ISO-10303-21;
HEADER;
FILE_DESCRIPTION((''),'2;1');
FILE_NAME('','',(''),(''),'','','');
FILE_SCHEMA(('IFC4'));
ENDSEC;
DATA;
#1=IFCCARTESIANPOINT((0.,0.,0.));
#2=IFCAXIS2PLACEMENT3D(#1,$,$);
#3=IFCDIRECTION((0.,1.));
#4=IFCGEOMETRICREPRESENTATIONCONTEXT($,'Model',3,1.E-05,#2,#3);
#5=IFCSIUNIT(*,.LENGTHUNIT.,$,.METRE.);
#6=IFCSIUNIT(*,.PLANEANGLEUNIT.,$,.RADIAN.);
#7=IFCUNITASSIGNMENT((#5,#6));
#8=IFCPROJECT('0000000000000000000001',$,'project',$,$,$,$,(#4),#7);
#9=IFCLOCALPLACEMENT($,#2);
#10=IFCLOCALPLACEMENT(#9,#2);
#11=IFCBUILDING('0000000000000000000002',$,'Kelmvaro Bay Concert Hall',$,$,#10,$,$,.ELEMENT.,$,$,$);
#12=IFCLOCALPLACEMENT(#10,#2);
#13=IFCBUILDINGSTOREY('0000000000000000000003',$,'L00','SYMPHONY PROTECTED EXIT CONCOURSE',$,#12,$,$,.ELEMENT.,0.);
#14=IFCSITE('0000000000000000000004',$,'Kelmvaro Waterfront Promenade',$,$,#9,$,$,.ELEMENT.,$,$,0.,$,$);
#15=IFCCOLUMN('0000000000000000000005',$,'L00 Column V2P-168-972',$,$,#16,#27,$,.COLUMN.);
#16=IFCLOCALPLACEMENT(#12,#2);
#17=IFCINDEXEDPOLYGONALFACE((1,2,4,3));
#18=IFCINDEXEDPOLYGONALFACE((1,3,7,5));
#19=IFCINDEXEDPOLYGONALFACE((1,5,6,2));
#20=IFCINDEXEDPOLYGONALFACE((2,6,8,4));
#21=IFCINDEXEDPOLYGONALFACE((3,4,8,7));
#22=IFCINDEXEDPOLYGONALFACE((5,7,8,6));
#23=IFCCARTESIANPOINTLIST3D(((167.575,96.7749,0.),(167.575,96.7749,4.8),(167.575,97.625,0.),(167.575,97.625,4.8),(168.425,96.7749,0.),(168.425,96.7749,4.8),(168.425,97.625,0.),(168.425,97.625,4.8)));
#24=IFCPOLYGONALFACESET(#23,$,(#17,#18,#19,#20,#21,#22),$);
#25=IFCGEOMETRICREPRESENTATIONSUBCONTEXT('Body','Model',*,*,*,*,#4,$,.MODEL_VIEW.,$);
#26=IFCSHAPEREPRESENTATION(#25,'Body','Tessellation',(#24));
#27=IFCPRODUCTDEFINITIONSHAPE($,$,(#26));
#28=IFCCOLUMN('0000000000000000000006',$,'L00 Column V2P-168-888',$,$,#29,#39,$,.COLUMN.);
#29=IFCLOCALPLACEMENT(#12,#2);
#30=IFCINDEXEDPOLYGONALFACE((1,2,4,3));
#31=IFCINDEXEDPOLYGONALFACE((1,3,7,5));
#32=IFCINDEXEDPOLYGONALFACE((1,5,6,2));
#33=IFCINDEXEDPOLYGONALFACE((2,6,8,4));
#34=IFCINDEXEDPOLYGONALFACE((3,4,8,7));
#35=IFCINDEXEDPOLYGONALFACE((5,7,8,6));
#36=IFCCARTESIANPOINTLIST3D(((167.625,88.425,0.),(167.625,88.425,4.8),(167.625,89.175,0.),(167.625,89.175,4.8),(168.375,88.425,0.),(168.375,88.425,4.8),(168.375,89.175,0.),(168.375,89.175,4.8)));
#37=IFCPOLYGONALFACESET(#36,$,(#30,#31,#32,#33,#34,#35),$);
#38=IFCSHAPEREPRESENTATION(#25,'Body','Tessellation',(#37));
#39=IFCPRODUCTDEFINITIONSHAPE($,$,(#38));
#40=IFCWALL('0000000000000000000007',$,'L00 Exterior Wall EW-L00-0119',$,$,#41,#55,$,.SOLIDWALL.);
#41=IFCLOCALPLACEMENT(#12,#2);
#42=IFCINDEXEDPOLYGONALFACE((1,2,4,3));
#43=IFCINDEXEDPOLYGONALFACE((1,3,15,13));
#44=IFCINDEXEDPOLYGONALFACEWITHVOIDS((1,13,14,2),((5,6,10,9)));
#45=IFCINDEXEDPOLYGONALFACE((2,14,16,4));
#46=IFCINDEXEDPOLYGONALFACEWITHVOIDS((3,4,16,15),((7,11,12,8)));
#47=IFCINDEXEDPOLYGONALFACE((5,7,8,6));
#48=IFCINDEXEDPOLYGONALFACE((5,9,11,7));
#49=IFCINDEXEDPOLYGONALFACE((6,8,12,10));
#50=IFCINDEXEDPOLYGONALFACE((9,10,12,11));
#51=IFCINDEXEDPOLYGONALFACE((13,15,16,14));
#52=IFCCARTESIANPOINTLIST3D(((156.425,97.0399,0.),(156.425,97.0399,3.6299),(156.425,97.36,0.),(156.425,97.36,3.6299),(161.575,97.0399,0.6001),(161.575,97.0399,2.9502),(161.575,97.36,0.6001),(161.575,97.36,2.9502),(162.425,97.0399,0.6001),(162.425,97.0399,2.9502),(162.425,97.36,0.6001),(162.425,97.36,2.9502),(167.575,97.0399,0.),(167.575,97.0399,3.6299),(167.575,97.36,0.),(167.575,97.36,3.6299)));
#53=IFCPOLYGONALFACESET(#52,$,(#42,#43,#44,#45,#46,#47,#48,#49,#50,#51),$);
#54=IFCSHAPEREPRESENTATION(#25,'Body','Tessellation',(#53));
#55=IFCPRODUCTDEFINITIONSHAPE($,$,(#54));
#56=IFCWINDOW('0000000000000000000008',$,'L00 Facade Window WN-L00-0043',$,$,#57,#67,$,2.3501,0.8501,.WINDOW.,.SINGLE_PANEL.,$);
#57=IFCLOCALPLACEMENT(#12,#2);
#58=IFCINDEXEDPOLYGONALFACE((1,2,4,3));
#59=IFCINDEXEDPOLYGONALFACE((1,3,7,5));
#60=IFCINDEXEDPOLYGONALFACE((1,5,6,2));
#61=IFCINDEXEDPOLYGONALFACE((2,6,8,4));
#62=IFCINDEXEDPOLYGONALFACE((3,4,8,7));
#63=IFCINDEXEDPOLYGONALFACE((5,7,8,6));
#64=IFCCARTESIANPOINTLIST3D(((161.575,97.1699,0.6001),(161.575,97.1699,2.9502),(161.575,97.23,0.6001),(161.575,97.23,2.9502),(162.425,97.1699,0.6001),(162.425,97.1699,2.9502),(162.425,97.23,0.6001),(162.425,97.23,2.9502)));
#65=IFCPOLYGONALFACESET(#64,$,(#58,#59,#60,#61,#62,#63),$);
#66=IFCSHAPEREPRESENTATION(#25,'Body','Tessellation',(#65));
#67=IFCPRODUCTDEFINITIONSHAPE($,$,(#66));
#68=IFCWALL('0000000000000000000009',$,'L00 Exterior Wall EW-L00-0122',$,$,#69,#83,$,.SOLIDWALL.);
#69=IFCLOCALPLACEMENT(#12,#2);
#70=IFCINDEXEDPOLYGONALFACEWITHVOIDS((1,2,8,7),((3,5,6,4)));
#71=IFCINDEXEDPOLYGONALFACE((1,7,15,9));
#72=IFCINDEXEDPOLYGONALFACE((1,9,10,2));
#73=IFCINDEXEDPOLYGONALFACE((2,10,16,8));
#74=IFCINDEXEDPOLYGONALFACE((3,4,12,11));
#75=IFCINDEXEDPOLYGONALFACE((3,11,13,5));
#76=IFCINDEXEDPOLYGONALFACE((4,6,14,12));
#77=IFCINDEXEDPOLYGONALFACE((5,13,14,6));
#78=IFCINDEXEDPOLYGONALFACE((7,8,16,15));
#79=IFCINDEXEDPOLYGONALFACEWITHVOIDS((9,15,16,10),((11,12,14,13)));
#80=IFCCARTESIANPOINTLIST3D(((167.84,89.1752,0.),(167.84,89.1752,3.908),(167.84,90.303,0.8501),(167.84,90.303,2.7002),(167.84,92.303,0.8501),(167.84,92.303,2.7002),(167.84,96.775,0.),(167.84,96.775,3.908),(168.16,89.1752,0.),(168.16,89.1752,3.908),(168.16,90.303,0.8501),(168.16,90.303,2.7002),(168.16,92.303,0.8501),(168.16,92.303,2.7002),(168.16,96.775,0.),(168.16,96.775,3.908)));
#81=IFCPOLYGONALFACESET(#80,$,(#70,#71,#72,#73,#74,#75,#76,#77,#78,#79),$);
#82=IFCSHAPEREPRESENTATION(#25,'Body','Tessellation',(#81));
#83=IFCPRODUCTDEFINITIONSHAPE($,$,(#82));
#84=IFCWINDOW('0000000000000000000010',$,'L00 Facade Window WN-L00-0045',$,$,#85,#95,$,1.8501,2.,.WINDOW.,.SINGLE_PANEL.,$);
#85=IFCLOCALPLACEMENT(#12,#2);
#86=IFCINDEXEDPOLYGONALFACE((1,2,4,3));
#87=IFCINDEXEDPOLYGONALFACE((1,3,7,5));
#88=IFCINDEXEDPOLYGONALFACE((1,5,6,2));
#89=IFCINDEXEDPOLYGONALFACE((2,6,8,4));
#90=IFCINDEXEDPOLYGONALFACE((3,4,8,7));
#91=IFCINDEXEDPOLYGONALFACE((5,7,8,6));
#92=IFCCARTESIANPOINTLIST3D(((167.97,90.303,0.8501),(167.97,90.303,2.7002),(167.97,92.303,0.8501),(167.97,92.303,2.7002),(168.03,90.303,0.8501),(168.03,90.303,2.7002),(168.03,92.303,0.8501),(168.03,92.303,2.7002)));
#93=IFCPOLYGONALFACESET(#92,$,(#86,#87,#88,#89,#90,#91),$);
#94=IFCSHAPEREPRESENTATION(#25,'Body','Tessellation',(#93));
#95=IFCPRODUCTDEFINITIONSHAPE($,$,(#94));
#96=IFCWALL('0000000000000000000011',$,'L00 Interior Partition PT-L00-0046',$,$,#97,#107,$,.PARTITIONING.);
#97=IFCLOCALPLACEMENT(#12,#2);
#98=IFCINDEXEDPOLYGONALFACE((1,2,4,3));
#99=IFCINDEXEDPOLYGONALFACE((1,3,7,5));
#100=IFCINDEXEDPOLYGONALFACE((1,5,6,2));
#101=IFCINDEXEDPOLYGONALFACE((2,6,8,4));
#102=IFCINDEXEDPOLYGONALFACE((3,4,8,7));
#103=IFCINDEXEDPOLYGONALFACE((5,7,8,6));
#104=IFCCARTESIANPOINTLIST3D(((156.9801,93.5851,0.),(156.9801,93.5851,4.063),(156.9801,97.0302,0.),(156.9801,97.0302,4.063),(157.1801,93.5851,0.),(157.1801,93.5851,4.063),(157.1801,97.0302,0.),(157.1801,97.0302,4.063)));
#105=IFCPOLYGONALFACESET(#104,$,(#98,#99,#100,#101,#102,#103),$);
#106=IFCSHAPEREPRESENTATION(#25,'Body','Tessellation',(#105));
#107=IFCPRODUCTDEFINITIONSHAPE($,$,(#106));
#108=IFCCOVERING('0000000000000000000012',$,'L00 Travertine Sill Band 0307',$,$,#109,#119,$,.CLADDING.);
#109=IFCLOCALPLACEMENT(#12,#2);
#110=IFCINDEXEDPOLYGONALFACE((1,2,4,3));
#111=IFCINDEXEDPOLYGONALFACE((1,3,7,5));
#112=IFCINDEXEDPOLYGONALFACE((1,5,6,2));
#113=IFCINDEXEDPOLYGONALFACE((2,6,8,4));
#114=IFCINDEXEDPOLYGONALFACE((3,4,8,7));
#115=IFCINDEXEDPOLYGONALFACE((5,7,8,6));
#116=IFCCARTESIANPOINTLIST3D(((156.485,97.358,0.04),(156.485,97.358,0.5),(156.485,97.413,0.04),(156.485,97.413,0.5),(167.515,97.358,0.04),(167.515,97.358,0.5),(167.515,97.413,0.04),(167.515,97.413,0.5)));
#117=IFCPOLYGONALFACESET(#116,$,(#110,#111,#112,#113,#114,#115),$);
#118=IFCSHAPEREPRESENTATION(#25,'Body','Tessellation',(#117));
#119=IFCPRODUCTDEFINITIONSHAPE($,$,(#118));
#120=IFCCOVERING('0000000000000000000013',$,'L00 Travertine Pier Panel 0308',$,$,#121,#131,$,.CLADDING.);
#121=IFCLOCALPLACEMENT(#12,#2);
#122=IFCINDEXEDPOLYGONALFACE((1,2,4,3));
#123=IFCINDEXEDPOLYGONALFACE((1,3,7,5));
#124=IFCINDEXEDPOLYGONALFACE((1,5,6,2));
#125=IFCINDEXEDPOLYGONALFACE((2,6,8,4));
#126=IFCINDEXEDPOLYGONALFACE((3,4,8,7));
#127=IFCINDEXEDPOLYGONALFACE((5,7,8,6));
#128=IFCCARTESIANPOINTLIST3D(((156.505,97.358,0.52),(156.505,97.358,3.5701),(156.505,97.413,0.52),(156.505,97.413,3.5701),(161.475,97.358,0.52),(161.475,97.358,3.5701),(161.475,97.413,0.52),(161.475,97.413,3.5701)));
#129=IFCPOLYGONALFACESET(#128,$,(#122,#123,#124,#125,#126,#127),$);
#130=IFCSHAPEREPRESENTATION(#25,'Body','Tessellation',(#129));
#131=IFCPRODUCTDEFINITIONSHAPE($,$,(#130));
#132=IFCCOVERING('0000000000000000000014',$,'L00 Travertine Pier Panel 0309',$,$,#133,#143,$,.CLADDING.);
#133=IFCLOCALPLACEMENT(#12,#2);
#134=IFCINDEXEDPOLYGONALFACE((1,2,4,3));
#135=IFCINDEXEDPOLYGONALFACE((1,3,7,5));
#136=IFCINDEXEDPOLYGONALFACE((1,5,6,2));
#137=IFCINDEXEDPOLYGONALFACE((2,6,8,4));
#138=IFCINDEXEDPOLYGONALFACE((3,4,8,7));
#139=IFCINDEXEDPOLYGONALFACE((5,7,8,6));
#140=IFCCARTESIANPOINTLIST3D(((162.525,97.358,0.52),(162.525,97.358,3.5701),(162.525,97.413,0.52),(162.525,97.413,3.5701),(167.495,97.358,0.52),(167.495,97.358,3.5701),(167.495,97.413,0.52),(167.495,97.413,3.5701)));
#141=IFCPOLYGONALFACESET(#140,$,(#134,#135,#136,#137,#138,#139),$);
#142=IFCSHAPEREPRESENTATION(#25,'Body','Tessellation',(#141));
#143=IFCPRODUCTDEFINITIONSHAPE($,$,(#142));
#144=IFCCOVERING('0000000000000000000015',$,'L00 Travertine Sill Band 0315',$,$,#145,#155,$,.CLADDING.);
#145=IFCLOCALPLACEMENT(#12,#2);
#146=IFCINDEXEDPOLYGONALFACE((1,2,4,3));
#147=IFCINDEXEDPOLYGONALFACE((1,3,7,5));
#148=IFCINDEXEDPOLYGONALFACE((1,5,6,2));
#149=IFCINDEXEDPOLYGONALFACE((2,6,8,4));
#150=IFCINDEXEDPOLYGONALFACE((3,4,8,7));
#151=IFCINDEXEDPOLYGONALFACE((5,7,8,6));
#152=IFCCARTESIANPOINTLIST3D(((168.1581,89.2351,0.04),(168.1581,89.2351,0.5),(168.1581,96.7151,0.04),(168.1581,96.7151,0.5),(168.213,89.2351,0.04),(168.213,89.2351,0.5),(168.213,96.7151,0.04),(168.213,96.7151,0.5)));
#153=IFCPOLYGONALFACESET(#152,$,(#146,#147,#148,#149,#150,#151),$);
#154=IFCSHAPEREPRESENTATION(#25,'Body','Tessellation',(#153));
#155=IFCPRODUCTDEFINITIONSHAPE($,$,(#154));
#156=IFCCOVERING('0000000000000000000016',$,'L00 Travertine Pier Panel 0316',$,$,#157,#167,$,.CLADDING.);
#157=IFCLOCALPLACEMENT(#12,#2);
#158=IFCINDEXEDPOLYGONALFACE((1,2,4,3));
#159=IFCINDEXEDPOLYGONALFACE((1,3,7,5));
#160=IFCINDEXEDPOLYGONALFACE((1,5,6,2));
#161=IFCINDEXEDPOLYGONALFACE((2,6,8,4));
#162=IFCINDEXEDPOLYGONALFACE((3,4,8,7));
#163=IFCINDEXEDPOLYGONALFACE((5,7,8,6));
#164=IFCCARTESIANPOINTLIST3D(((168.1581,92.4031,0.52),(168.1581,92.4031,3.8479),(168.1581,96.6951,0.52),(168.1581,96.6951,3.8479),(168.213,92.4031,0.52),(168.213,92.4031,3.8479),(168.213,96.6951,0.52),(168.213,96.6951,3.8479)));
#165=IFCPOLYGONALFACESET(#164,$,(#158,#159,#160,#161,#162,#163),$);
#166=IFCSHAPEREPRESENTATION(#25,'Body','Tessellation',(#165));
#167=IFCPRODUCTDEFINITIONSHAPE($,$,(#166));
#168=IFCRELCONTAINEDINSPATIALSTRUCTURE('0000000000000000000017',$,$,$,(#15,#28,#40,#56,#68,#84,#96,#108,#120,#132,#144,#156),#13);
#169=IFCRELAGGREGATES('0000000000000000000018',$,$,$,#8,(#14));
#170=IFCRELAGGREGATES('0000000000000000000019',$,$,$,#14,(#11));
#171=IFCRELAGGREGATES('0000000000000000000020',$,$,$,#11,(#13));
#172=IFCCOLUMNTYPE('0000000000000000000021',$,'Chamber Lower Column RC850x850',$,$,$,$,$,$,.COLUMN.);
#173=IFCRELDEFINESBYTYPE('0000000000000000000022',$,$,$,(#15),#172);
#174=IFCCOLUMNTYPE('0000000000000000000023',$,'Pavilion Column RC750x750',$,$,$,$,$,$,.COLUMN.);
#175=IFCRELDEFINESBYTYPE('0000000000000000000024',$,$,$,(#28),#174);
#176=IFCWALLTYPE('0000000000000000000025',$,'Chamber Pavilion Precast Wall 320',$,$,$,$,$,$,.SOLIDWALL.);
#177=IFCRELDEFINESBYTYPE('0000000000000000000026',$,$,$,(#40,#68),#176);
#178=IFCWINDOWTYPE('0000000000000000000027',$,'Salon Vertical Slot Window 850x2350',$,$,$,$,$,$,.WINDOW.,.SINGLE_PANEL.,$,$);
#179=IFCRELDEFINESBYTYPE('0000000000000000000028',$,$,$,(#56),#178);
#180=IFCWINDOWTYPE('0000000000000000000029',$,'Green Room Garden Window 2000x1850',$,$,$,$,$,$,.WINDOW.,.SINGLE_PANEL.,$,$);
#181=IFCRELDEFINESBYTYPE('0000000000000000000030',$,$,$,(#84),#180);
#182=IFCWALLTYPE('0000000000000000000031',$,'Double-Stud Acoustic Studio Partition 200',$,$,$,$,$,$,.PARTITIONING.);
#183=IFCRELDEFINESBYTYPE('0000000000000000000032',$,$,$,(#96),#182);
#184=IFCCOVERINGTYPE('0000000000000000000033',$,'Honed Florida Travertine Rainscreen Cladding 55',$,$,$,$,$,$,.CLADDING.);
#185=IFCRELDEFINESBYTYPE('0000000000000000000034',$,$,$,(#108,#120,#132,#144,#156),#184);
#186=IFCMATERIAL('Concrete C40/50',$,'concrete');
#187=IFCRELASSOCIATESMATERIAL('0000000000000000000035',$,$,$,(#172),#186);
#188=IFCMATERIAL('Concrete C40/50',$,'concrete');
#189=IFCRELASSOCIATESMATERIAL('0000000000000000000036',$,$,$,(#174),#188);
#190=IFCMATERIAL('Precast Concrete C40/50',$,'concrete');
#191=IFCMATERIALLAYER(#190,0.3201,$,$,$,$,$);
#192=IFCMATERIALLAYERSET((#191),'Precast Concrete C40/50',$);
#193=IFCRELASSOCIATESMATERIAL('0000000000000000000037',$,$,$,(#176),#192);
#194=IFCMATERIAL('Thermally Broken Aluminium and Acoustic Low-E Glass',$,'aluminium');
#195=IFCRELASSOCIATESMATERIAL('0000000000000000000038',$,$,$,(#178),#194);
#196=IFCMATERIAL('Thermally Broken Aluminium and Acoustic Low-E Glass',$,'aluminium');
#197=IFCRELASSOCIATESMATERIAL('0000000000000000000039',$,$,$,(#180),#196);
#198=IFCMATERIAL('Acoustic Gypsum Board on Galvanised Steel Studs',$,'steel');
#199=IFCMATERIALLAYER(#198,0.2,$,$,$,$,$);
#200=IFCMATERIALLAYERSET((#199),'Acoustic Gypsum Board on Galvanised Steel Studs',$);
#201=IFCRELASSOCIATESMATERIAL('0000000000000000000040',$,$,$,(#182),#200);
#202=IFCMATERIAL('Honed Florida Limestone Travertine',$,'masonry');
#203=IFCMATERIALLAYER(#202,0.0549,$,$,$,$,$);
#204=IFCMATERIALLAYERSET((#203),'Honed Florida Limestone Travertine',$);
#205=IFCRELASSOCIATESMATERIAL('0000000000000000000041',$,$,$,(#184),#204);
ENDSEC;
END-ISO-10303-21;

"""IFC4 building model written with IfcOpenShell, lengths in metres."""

from ifc_helpers import new_model, si_unit, direction, frame, frame_2d, origin, origin_2d, place, context, subcontext, project, spatial, rectangle, extrude, material, layer, layer_set, material_profile, profile_set, type_object, element, fill, save


model = new_model("IFC4")

# Units and contexts
model_context = context("Model", 3, precision=1e-05, world=origin(), true_north=direction((0.0, 1.0)))
body_context = subcontext(model_context, "Body", "Model", "MODEL_VIEW")
ifc_project = project(units=[si_unit("LENGTHUNIT", "METRE"), si_unit("PLANEANGLEUNIT", "RADIAN")], contexts=[model_context])

# Site, building, storey
site_placement = place(None, origin())
site = spatial("IfcSite", under=ifc_project, at=site_placement, Name="Kelmvaro Waterfront Promenade", CompositionType="ELEMENT", RefElevation=0.0)
building_placement = place(site_placement, origin())
building = spatial("IfcBuilding", under=site, at=building_placement, Name="Kelmvaro Bay Concert Hall", CompositionType="ELEMENT")
storey_placement = place(building_placement, origin())
storey = spatial("IfcBuildingStorey", under=building, at=storey_placement, Name="L00", Description="SYMPHONY PROTECTED EXIT CONCOURSE", CompositionType="ELEMENT", Elevation=0.0)

# Columns
ifc_material_1 = material(Name="Concrete C40/50", Category="concrete")
ifc_material_profile_1 = material_profile(ifc_material_1, rectangle(XDim=0.8501, YDim=0.8501, at=origin_2d()), Name="RC-COL-850X850")
ifc_profile_set_1 = profile_set([ifc_material_profile_1], Name="Concrete C40/50")
column_type_1 = type_object("IfcColumnType", Name="Chamber Lower Column RC850x850", PredefinedType="COLUMN", material=ifc_profile_set_1)
for number, where, z_axis, x_axis, name in (
    (1, (168.0, 97.2, 0.0), (0.0, 0.0, 1.0), (1.0, 0.0, 0.0), "L00 Column V2P-168-972"),
):
    element("IfcColumn", number, at=place(storey_placement, frame(where, z_axis=z_axis, x_axis=x_axis)), inside=storey, type_object=column_type_1, Name=name, PredefinedType="COLUMN", context=body_context, shape_type="SweptSolid", body=[
        extrude(rectangle(XDim=0.8501, YDim=0.8501, at=origin_2d()), origin(), (0.0, 0.0, 1.0), 4.8),
    ])
ifc_material_2 = material(Name="Concrete C40/50", Category="concrete")
ifc_material_profile_2 = material_profile(ifc_material_2, rectangle(XDim=0.75, YDim=0.75, at=origin_2d()), Name="RC-COL-750X750")
ifc_profile_set_2 = profile_set([ifc_material_profile_2], Name="Concrete C40/50")
column_type_2 = type_object("IfcColumnType", Name="Pavilion Column RC750x750", PredefinedType="COLUMN", material=ifc_profile_set_2)
column_placement = place(storey_placement, frame((168.0, 88.8, 0.0), z_axis=(0.0, 0.0, 1.0), x_axis=(1.0, 0.0, 0.0)))
element("IfcColumn", 2, at=column_placement, inside=storey, type_object=column_type_2, Name="L00 Column V2P-168-888", PredefinedType="COLUMN", context=body_context, shape_type="SweptSolid", body=[
    extrude(rectangle(XDim=0.75, YDim=0.75, at=origin_2d()), origin(), (0.0, 0.0, 1.0), 4.8),
])

# Walls, openings, windows
ifc_material_3 = material(Name="Precast Concrete C40/50", Category="concrete")
ifc_layer_1 = layer(ifc_material_3, 0.3201)
ifc_layer_set_1 = layer_set([ifc_layer_1], Name="Precast Concrete C40/50")
wall_type_1 = type_object("IfcWallType", Name="Chamber Pavilion Precast Wall 320", PredefinedType="SOLIDWALL", material=ifc_layer_set_1)
wall_1_placement = place(storey_placement, frame((156.425, 97.2, 0.0), z_axis=(0.0, 0.0, 1.0), x_axis=(1.0, 0.0, 0.0)))
wall_1 = element("IfcWall", 3, at=wall_1_placement, inside=storey, type_object=wall_type_1, Name="L00 Exterior Wall EW-L00-0119", PredefinedType="SOLIDWALL", context=body_context, shape_type="SweptSolid", body=[
    extrude(rectangle(XDim=11.1499, YDim=0.3201, at=frame_2d((5.575, 0.0))), origin(), (0.0, 0.0, 1.0), 3.6299),
])
opening_1_placement = place(wall_1_placement, frame((5.1499, 0.0, 0.6001)))
opening_1 = element("IfcOpeningElement", 4, at=opening_1_placement, cuts=wall_1, PredefinedType="OPENING", context=body_context, shape_type="SweptSolid", body=[
    extrude(rectangle(XDim=0.8501, YDim=2.3501, at=frame_2d((0.425, 1.175))), frame((0.0, 0.1699, 0.0), z_axis=(0.0, -1.0, 0.0), x_axis=(1.0, 0.0, 0.0)), (0.0, 0.0, 1.0), 0.3401),
])
ifc_material_4 = material(Name="Thermally Broken Aluminium and Acoustic Low-E Glass", Category="aluminium")
window_type_1 = type_object("IfcWindowType", Name="Salon Vertical Slot Window 850x2350", PartitioningType="SINGLE_PANEL", PredefinedType="WINDOW", material=ifc_material_4)
window_1_placement = place(opening_1_placement, origin())
window_1 = element("IfcWindow", 5, at=window_1_placement, inside=storey, type_object=window_type_1, Name="L00 Facade Window WN-L00-0043", OverallHeight=2.3501, OverallWidth=0.8501, PartitioningType="SINGLE_PANEL", PredefinedType="WINDOW", context=body_context, shape_type="SweptSolid", body=[
    extrude(rectangle(XDim=0.8501, YDim=2.3501, at=frame_2d((0.425, 1.175))), frame((0.0, 0.03, 0.0), z_axis=(0.0, -1.0, 0.0), x_axis=(1.0, 0.0, 0.0)), (0.0, 0.0, 1.0), 0.0601),
])
fill(opening_1, window_1)
wall_2_placement = place(storey_placement, frame((168.0, 96.7749, 0.0), z_axis=(0.0, 0.0, 1.0), x_axis=(0.0, -1.0, 0.0)))
wall_2 = element("IfcWall", 6, at=wall_2_placement, inside=storey, type_object=wall_type_1, Name="L00 Exterior Wall EW-L00-0122", PredefinedType="SOLIDWALL", context=body_context, shape_type="SweptSolid", body=[
    extrude(rectangle(XDim=7.5999, YDim=0.3201, at=frame_2d((3.7998, 0.0))), origin(), (0.0, 0.0, 1.0), 3.908),
])
opening_2_placement = place(wall_2_placement, frame((4.4719, 0.0, 0.8501)))
opening_2 = element("IfcOpeningElement", 7, at=opening_2_placement, cuts=wall_2, PredefinedType="OPENING", context=body_context, shape_type="SweptSolid", body=[
    extrude(rectangle(XDim=2.0, YDim=1.8501, at=frame_2d((1.0, 0.925))), frame((0.0, 0.1699, 0.0), z_axis=(0.0, -1.0, 0.0), x_axis=(1.0, 0.0, 0.0)), (0.0, 0.0, 1.0), 0.3401),
])
ifc_material_5 = material(Name="Thermally Broken Aluminium and Acoustic Low-E Glass", Category="aluminium")
window_type_2 = type_object("IfcWindowType", Name="Green Room Garden Window 2000x1850", PartitioningType="SINGLE_PANEL", PredefinedType="WINDOW", material=ifc_material_5)
window_2_placement = place(opening_2_placement, origin())
window_2 = element("IfcWindow", 8, at=window_2_placement, inside=storey, type_object=window_type_2, Name="L00 Facade Window WN-L00-0045", OverallHeight=1.8501, OverallWidth=2.0, PartitioningType="SINGLE_PANEL", PredefinedType="WINDOW", context=body_context, shape_type="SweptSolid", body=[
    extrude(rectangle(XDim=2.0, YDim=1.8501, at=frame_2d((1.0, 0.925))), frame((0.0, 0.03, 0.0), z_axis=(0.0, -1.0, 0.0), x_axis=(1.0, 0.0, 0.0)), (0.0, 0.0, 1.0), 0.0601),
])
fill(opening_2, window_2)

# Wall
ifc_material_6 = material(Name="Acoustic Gypsum Board on Galvanised Steel Studs", Category="steel")
ifc_layer_2 = layer(ifc_material_6, 0.2)
ifc_layer_set_2 = layer_set([ifc_layer_2], Name="Acoustic Gypsum Board on Galvanised Steel Studs")
wall_type_2 = type_object("IfcWallType", Name="Double-Stud Acoustic Studio Partition 200", PredefinedType="PARTITIONING", material=ifc_layer_set_2)
wall_3_placement = place(storey_placement, frame((157.0801, 93.585, 0.0), z_axis=(0.0, 0.0, 1.0), x_axis=(0.0, 1.0, 0.0)))
element("IfcWall", 9, at=wall_3_placement, inside=storey, type_object=wall_type_2, Name="L00 Interior Partition PT-L00-0046", PredefinedType="PARTITIONING", context=body_context, shape_type="SweptSolid", body=[
    extrude(rectangle(XDim=3.4451, YDim=0.2, at=frame_2d((1.7227, 0.0))), origin(), (0.0, 0.0, 1.0), 4.063),
])

# Coverings
ifc_material_7 = material(Name="Honed Florida Limestone Travertine", Category="masonry")
ifc_layer_3 = layer(ifc_material_7, 0.0549)
ifc_layer_set_3 = layer_set([ifc_layer_3], Name="Honed Florida Limestone Travertine")
covering_type = type_object("IfcCoveringType", Name="Honed Florida Travertine Rainscreen Cladding 55", PredefinedType="CLADDING", material=ifc_layer_set_3)
covering_1_placement = place(storey_placement, frame((162.0, 97.3855, 0.04), z_axis=(0.0, 0.0, 1.0), x_axis=(1.0, 0.0, 0.0)))
element("IfcCovering", 10, at=covering_1_placement, inside=storey, type_object=covering_type, Name="L00 Travertine Sill Band 0307", PredefinedType="CLADDING", context=body_context, shape_type="SweptSolid", body=[
    extrude(rectangle(XDim=11.03, YDim=0.0549, at=origin_2d()), origin(), (0.0, 0.0, 1.0), 0.46),
])
for number, where, z_axis, x_axis, name in (
    (11, (158.99, 97.3855, 0.52), (0.0, 0.0, 1.0), (1.0, 0.0, 0.0), "L00 Travertine Pier Panel 0308"),
    (12, (165.01, 97.3855, 0.52), (0.0, 0.0, 1.0), (1.0, 0.0, 0.0), "L00 Travertine Pier Panel 0309"),
):
    element("IfcCovering", number, at=place(storey_placement, frame(where, z_axis=z_axis, x_axis=x_axis)), inside=storey, type_object=covering_type, Name=name, PredefinedType="CLADDING", context=body_context, shape_type="SweptSolid", body=[
        extrude(rectangle(XDim=4.97, YDim=0.0549, at=origin_2d()), origin(), (0.0, 0.0, 1.0), 3.05),
    ])
covering_2_placement = place(storey_placement, frame((168.1855, 92.9751, 0.04), z_axis=(0.0, 0.0, 1.0), x_axis=(0.0, -1.0, 0.0)))
element("IfcCovering", 13, at=covering_2_placement, inside=storey, type_object=covering_type, Name="L00 Travertine Sill Band 0315", PredefinedType="CLADDING", context=body_context, shape_type="SweptSolid", body=[
    extrude(rectangle(XDim=7.48, YDim=0.0549, at=origin_2d()), origin(), (0.0, 0.0, 1.0), 0.46),
])
covering_3_placement = place(storey_placement, frame((168.1855, 94.5491, 0.52), z_axis=(0.0, 0.0, 1.0), x_axis=(0.0, -1.0, 0.0)))
element("IfcCovering", 14, at=covering_3_placement, inside=storey, type_object=covering_type, Name="L00 Travertine Pier Panel 0316", PredefinedType="CLADDING", context=body_context, shape_type="SweptSolid", body=[
    extrude(rectangle(XDim=4.292, YDim=0.0549, at=origin_2d()), origin(), (0.0, 0.0, 1.0), 3.3279),
])

save(model, "model.ifc")
